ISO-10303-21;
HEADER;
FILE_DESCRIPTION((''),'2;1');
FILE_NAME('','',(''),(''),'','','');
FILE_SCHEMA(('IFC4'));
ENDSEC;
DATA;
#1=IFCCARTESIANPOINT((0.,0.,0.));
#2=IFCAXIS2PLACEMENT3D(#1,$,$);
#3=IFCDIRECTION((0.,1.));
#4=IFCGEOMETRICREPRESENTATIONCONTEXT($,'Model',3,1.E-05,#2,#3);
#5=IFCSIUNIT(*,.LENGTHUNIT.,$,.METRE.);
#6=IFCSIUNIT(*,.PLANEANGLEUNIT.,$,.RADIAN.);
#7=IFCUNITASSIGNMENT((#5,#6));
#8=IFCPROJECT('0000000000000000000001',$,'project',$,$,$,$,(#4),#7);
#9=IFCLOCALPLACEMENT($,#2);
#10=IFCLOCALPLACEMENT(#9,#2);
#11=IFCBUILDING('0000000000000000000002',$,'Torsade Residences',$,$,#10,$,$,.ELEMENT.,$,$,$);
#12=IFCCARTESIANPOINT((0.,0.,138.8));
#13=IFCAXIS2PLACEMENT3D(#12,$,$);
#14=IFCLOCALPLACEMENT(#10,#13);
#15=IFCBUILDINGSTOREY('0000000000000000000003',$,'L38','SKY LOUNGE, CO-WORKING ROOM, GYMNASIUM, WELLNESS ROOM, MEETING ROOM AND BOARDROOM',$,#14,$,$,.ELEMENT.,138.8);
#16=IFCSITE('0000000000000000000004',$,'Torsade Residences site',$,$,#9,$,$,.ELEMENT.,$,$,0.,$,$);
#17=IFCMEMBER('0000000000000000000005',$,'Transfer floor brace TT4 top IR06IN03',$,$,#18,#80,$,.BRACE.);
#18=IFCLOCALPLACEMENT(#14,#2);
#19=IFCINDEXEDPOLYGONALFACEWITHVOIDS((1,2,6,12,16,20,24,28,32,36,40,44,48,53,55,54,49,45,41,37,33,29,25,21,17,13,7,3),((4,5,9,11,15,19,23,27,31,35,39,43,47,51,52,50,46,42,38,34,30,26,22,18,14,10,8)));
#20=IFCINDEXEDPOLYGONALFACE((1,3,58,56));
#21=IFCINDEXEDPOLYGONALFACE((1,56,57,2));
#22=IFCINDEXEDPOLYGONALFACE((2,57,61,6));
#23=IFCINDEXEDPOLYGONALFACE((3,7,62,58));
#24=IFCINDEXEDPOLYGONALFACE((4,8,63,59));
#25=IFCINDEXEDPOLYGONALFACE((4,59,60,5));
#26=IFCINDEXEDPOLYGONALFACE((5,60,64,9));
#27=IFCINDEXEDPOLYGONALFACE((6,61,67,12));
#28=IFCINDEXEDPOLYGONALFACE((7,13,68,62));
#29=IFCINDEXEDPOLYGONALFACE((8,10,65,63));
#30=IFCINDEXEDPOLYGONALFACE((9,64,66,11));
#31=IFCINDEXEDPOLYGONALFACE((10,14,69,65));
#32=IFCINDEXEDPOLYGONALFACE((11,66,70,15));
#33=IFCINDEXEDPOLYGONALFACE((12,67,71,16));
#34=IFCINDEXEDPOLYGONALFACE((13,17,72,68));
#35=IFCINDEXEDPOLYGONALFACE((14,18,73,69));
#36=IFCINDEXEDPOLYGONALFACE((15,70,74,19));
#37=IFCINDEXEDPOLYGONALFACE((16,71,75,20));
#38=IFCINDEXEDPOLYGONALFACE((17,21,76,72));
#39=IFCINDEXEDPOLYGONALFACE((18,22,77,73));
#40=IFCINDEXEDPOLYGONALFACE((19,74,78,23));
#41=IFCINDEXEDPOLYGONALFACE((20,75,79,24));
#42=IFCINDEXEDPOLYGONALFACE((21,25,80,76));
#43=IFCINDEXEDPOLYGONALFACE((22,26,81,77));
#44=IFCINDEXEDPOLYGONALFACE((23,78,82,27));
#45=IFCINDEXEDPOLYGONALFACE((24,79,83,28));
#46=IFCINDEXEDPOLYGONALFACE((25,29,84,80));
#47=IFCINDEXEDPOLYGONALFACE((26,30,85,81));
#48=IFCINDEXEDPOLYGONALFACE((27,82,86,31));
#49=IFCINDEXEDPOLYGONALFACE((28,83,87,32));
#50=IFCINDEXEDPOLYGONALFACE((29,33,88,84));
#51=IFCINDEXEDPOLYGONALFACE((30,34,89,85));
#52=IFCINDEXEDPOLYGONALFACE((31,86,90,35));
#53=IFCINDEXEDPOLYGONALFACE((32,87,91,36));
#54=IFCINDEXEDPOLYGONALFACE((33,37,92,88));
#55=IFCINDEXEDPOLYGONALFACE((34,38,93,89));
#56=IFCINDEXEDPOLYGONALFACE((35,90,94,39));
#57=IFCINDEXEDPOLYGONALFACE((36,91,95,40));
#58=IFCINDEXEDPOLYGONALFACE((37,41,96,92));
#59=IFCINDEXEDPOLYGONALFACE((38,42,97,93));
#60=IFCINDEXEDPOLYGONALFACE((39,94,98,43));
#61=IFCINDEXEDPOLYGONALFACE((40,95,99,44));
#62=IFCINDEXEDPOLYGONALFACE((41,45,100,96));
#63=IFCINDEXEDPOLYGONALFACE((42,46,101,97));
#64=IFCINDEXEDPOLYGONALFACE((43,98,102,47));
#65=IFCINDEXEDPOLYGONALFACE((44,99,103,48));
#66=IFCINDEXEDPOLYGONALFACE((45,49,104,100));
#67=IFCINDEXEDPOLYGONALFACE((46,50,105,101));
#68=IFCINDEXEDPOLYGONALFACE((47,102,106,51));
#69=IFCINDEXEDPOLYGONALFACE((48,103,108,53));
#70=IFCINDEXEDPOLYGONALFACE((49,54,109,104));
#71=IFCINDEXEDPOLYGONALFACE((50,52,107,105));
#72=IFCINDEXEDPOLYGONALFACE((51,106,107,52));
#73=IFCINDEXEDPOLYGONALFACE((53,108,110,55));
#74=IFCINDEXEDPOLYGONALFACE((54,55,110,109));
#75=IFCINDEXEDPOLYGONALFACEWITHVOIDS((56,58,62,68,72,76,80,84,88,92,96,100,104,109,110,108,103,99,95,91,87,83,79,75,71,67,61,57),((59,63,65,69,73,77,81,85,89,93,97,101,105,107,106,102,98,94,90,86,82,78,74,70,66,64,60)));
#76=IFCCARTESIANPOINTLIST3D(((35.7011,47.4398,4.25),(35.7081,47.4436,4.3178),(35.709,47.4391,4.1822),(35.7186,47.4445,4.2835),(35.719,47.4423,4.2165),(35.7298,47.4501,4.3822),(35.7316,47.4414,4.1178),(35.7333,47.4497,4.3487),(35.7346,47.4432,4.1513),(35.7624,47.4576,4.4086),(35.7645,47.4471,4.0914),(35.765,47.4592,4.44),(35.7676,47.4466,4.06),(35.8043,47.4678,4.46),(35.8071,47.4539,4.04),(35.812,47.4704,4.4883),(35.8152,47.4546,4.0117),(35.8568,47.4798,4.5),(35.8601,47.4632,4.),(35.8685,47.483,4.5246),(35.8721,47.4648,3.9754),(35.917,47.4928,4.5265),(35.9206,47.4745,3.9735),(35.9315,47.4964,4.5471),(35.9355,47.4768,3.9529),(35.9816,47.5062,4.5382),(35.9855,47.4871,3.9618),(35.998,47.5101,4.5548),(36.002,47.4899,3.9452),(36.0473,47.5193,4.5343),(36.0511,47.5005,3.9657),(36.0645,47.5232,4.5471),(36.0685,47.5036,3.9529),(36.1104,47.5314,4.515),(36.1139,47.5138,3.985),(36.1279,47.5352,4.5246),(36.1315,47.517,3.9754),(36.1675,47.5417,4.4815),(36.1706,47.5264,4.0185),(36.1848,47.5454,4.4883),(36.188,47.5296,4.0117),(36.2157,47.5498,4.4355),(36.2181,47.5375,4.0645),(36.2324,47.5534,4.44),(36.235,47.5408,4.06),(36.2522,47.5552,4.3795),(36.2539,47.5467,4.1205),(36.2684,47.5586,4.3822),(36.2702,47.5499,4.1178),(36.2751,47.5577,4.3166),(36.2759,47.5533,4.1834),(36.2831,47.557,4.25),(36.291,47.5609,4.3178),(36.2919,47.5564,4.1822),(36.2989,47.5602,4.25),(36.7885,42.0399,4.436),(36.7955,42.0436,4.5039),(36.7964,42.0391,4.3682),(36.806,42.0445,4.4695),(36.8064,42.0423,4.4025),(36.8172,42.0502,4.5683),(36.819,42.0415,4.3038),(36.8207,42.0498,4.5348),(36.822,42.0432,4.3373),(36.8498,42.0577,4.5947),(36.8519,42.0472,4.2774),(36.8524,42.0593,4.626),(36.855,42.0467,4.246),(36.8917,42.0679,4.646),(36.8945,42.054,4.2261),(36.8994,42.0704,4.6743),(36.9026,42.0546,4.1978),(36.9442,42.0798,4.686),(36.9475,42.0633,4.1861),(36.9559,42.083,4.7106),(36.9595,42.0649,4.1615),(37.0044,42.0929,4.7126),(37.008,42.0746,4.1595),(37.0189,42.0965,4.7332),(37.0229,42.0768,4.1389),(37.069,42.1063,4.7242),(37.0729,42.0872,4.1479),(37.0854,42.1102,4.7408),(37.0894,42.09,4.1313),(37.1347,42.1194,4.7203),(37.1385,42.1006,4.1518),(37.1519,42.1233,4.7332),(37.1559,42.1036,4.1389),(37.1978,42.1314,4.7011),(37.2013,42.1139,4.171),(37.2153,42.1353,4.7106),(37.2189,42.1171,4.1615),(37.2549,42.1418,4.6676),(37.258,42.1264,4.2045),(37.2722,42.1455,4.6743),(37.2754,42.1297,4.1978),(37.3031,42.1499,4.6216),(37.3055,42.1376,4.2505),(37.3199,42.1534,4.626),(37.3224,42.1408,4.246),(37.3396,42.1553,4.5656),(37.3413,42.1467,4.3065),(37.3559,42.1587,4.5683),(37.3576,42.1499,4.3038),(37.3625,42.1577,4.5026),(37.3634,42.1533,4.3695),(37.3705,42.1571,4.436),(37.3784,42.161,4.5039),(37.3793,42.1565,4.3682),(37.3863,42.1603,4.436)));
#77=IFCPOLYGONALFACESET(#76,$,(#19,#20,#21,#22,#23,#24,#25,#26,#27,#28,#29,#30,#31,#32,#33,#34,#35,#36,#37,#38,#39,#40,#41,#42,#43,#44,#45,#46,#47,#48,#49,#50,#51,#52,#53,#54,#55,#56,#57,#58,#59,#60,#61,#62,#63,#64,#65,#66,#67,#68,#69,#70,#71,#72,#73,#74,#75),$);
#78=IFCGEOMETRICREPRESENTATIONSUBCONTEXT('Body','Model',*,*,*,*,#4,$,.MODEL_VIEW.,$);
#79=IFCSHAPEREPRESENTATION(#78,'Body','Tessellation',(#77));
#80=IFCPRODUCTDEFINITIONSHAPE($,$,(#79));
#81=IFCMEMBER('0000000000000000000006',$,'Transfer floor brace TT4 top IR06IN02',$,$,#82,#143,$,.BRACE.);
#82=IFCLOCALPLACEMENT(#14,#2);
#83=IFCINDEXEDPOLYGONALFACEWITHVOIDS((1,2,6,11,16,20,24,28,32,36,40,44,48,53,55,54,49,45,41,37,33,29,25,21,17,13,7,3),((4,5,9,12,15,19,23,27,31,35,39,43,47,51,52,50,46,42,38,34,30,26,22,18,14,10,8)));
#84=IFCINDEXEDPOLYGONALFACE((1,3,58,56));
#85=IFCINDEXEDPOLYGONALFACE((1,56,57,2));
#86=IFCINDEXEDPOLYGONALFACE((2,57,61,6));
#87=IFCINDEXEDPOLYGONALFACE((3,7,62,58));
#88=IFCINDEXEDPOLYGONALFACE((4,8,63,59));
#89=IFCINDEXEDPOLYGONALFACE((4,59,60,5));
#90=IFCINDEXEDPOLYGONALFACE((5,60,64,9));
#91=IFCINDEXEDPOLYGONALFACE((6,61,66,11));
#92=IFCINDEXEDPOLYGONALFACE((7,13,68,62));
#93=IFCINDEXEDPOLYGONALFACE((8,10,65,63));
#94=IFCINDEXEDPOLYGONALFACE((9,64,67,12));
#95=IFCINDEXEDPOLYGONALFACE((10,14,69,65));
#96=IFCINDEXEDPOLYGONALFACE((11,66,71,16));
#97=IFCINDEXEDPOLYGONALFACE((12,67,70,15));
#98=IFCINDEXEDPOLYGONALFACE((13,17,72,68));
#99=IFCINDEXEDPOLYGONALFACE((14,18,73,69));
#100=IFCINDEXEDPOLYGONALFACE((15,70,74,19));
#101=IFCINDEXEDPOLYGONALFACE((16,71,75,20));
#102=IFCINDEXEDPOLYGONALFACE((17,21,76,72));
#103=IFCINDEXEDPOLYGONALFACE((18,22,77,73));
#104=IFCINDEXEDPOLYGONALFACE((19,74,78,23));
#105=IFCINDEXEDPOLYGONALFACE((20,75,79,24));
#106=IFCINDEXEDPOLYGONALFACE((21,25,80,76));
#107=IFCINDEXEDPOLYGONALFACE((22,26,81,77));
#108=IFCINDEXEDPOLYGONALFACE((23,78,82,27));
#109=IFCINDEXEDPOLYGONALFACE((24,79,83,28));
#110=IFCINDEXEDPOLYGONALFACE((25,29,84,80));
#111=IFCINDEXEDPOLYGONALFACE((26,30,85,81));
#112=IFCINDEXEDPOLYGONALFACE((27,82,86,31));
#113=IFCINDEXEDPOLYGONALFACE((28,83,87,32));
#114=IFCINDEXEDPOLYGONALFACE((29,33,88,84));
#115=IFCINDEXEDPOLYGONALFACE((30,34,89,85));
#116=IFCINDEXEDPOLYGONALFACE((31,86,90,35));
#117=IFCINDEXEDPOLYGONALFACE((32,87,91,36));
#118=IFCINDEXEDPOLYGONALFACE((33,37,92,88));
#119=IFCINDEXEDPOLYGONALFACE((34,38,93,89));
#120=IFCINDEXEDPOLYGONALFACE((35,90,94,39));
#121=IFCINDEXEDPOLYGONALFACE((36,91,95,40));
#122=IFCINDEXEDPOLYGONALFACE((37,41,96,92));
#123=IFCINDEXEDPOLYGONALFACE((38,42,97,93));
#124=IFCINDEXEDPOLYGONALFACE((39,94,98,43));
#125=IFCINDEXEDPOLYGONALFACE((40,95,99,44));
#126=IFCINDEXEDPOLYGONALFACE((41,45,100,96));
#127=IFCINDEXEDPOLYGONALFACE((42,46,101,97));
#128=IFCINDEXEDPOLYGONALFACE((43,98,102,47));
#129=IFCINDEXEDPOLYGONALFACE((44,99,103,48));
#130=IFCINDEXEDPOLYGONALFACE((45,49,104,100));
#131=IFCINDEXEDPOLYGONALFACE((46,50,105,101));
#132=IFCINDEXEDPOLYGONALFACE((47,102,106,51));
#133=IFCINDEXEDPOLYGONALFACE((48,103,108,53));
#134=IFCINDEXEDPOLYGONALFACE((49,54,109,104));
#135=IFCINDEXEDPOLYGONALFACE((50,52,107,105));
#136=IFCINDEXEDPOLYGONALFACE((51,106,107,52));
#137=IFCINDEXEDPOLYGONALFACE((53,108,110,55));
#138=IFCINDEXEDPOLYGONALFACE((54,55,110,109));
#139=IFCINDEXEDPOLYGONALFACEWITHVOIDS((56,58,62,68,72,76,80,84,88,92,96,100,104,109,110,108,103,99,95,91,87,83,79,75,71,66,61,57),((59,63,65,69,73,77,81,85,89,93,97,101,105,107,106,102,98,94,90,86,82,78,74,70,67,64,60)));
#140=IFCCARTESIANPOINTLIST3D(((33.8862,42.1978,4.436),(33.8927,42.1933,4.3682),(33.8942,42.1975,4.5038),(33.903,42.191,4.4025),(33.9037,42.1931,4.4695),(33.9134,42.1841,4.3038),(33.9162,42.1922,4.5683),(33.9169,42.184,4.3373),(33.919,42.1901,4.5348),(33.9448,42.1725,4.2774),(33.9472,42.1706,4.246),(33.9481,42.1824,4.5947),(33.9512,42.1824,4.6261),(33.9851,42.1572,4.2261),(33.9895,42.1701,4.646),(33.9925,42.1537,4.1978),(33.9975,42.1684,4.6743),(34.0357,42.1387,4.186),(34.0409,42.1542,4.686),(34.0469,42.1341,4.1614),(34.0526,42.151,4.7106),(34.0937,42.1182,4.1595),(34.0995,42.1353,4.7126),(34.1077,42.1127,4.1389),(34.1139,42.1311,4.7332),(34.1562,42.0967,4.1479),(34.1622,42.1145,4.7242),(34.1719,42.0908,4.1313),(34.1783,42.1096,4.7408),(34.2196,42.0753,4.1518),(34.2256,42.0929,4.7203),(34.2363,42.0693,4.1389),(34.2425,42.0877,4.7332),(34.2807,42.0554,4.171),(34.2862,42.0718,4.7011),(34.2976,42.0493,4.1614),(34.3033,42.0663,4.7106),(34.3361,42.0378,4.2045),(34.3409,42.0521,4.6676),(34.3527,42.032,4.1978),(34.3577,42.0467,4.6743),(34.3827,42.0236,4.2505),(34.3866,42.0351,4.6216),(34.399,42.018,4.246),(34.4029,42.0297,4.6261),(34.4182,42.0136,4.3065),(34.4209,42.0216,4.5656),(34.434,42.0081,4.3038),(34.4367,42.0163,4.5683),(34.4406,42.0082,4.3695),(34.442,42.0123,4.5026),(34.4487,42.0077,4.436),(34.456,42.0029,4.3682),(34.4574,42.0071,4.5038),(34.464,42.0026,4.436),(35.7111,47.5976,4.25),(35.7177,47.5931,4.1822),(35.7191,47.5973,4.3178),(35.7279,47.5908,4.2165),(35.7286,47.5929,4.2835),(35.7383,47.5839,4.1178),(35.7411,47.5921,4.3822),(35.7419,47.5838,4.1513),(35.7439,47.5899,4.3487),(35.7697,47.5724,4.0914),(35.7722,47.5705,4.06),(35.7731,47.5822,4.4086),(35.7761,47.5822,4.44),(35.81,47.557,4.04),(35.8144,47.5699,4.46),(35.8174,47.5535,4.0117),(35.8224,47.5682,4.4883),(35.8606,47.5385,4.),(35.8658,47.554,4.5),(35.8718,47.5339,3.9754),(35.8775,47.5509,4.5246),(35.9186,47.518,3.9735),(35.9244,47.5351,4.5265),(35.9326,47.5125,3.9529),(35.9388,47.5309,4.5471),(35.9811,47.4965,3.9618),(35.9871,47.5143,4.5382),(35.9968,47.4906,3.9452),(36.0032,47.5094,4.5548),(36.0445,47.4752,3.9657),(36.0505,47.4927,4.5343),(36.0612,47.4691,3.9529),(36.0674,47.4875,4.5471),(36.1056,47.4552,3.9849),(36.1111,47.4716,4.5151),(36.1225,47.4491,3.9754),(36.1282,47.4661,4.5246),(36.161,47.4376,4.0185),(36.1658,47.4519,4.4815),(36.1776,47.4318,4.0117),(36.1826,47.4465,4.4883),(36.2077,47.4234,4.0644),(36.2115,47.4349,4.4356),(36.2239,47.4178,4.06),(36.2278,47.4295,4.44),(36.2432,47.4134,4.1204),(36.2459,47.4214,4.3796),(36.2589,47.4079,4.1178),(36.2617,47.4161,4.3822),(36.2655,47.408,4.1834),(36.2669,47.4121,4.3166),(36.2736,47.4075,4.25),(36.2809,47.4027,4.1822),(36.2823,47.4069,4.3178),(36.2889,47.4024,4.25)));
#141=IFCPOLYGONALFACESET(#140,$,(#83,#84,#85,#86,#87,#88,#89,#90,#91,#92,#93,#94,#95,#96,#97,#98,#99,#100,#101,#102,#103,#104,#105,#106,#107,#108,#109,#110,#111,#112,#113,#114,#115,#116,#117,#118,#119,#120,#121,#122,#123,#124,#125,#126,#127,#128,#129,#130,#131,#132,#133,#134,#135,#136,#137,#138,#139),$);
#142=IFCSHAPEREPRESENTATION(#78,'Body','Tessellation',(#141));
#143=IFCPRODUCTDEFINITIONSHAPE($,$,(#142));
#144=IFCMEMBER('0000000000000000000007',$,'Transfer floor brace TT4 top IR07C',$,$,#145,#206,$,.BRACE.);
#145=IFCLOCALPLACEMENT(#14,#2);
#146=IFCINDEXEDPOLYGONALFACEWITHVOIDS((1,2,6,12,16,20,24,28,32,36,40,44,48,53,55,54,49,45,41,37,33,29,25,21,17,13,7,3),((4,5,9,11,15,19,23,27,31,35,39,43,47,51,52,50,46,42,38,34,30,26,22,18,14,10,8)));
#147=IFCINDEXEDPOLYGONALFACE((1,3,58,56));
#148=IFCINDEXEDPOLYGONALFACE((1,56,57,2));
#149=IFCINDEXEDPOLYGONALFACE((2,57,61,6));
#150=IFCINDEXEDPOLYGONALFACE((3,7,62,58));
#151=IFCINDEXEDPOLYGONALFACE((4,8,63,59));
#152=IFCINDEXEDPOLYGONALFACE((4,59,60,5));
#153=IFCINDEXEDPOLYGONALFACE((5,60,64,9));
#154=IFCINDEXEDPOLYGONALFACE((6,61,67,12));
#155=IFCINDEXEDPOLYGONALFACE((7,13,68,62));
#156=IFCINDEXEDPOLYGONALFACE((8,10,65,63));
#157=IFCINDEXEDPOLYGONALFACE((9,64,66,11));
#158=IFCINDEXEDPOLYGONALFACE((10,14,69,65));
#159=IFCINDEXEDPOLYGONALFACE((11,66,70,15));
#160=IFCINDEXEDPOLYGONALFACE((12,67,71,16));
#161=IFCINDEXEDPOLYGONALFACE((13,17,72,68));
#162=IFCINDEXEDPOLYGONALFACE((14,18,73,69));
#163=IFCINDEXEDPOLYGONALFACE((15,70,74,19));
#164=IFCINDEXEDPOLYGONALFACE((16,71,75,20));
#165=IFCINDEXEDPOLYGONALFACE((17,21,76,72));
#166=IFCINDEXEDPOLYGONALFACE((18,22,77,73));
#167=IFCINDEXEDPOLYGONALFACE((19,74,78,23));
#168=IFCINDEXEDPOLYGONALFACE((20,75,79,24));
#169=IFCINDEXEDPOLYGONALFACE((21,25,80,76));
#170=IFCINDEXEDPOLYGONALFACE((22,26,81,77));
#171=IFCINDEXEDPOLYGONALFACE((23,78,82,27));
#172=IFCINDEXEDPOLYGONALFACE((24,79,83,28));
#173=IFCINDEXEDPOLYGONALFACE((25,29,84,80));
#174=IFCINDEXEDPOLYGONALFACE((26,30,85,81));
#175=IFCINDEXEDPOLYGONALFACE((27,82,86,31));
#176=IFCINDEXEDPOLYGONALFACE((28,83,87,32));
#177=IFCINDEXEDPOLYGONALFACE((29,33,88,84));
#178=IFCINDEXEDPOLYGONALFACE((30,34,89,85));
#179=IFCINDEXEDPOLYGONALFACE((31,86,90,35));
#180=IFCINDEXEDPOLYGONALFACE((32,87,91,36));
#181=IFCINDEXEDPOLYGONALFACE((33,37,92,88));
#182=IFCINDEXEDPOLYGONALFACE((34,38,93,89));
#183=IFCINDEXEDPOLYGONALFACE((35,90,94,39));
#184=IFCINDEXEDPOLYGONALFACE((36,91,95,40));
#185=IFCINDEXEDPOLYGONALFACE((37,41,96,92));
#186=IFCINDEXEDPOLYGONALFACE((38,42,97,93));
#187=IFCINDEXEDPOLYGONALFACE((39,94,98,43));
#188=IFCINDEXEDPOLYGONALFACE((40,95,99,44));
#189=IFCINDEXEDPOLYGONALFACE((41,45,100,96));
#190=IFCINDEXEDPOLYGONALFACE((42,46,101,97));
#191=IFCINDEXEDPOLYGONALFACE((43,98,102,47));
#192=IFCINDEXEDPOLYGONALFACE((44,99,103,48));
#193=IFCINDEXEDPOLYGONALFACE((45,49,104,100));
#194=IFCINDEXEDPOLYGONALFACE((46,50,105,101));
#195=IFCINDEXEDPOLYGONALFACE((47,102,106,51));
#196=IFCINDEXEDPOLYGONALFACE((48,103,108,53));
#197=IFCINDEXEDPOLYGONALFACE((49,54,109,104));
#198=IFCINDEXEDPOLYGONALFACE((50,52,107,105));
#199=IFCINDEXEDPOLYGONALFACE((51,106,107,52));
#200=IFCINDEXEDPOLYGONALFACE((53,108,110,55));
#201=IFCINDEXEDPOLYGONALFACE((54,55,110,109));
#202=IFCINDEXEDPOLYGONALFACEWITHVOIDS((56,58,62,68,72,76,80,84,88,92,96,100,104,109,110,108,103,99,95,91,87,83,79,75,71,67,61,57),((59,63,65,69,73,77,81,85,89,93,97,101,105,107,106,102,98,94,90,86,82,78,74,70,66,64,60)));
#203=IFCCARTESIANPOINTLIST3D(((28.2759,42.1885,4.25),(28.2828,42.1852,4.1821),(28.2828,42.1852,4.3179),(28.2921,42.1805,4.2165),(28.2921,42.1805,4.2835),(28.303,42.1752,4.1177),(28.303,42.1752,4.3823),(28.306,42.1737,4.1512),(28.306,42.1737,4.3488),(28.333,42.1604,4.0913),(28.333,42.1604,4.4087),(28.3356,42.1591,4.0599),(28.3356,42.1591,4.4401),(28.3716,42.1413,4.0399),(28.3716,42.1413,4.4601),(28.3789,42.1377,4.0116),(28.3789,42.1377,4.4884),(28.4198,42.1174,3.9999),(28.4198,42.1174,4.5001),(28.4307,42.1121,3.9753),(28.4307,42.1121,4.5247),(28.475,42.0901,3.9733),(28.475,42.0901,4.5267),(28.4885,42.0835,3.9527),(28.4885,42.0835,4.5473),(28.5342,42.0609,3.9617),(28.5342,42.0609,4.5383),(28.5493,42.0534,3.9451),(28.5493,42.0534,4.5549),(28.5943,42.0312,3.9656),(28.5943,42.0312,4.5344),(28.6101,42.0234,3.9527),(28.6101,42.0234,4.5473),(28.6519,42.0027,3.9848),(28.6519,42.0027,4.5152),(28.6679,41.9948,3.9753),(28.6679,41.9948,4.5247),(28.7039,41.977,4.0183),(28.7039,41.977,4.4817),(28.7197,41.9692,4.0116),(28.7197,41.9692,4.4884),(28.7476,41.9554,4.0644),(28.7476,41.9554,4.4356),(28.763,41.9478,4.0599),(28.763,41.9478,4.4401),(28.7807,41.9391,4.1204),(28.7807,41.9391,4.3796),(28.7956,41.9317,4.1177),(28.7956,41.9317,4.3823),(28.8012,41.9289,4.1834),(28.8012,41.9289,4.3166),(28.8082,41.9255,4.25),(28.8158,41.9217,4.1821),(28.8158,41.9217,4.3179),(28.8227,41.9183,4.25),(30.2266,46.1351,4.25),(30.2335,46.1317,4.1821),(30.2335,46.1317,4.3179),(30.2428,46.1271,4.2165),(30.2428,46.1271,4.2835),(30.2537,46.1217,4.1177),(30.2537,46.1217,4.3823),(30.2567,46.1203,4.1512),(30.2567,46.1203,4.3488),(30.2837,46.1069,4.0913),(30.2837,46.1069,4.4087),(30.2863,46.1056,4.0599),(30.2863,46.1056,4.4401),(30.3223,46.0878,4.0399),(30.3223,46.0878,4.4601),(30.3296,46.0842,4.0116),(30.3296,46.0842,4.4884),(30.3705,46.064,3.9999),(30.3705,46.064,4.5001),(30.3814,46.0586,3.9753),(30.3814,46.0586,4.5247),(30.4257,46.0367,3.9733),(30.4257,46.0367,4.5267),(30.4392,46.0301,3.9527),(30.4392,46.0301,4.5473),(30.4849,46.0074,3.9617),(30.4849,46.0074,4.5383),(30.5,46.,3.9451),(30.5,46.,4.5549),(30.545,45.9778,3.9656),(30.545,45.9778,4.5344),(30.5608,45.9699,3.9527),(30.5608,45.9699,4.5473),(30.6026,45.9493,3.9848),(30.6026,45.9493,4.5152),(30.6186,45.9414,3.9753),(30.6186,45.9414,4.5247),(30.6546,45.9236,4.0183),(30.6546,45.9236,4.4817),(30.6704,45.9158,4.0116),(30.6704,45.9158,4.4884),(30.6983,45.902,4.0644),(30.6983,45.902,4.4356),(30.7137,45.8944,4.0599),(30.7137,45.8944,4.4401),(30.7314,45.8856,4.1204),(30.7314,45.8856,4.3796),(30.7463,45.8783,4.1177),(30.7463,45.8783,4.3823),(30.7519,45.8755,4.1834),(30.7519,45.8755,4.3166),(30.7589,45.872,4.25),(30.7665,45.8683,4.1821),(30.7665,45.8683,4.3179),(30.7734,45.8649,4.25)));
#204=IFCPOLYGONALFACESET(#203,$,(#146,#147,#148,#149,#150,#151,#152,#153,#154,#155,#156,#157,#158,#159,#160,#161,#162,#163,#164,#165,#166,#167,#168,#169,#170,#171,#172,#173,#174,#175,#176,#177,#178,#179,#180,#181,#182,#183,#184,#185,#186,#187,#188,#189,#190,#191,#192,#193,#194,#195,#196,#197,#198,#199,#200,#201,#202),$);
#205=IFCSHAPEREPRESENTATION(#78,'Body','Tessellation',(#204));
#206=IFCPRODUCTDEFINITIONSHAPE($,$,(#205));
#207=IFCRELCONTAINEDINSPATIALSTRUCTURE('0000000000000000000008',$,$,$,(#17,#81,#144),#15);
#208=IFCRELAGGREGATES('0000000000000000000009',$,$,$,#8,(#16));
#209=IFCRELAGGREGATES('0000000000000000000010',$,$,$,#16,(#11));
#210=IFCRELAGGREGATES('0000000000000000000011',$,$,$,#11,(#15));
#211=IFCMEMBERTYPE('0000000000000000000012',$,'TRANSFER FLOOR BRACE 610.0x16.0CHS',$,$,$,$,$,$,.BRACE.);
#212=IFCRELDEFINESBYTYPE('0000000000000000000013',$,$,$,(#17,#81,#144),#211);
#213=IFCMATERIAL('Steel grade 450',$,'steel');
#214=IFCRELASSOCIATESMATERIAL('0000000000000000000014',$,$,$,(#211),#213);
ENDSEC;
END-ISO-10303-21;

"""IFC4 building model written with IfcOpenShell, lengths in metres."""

from ifc_helpers import new_model, si_unit, direction, frame, origin, origin_2d, place, context, subcontext, project, spatial, hollow_circle, extrude, material, material_profile, profile_set, type_object, element, save


model = new_model("IFC4")

# Units and contexts
model_context = context("Model", 3, precision=1e-05, world=origin(), true_north=direction((0.0, 1.0)))
body_context = subcontext(model_context, "Body", "Model", "MODEL_VIEW")
ifc_project = project(units=[si_unit("LENGTHUNIT", "METRE"), si_unit("PLANEANGLEUNIT", "RADIAN")], contexts=[model_context])

# Site, building, storey
site_placement = place(None, origin())
site = spatial("IfcSite", under=ifc_project, at=site_placement, Name="Torsade Residences site", CompositionType="ELEMENT", RefElevation=0.0)
building_placement = place(site_placement, origin())
building = spatial("IfcBuilding", under=site, at=building_placement, Name="Torsade Residences", CompositionType="ELEMENT")
storey_placement = place(building_placement, frame((0.0, 0.0, 138.8)))
storey = spatial("IfcBuildingStorey", under=building, at=storey_placement, Name="L38", Description="SKY LOUNGE, CO-WORKING ROOM, GYMNASIUM, WELLNESS ROOM, MEETING ROOM AND BOARDROOM", CompositionType="ELEMENT", Elevation=138.8)

# Members
ifc_material_1 = material(Name="Steel grade 450", Category="steel")
ifc_material_profile_1 = material_profile(ifc_material_1, hollow_circle(Radius=0.3049, WallThickness=0.0161, at=origin_2d()), Name="610.0x16.0CHS")
ifc_profile_set_1 = profile_set([ifc_material_profile_1], Name="Steel grade 450")
member_type_1 = type_object("IfcMemberType", Name="TRANSFER FLOOR BRACE 610.0x16.0CHS", PredefinedType="BRACE", material=ifc_profile_set_1)
member_1_placement = place(storey_placement, frame((36.0, 47.5, 4.25), z_axis=(0.197299, -0.979762, 0.033754), x_axis=(0.980321, 0.197412, 0.0)))
element("IfcMember", 1, at=member_1_placement, inside=storey, type_object=member_type_1, Name="Transfer floor brace TT4 top IR06IN03", PredefinedType="BRACE", context=body_context, shape_type="SweptSolid", body=[
    extrude(hollow_circle(Radius=0.3049, WallThickness=0.0161, at=origin_2d()), origin(), (0.0, 0.0, 1.0), 5.5115),
])
member_2_placement = place(storey_placement, frame((36.0, 47.5, 4.25), z_axis=(-0.319999, -0.946856, 0.032621), x_axis=(0.94736, -0.32017, 0.0)))
element("IfcMember", 2, at=member_2_placement, inside=storey, type_object=member_type_1, Name="Transfer floor brace TT4 top IR06IN02", PredefinedType="BRACE", context=body_context, shape_type="SweptSolid", body=[
    extrude(hollow_circle(Radius=0.3049, WallThickness=0.0161, at=origin_2d()), origin(), (0.0, 0.0, 1.0), 5.7029),
])
member_3_placement = place(storey_placement, frame((30.5, 46.0, 4.25), z_axis=(-0.443105, -0.89647, 0.0), x_axis=(0.89647, -0.443105, 0.0)))
element("IfcMember", 3, at=member_3_placement, inside=storey, type_object=member_type_1, Name="Transfer floor brace TT4 top IR07C", PredefinedType="BRACE", context=body_context, shape_type="SweptSolid", body=[
    extrude(hollow_circle(Radius=0.3049, WallThickness=0.0161, at=origin_2d()), origin(), (0.0, 0.0, 1.0), 4.4023),
])

save(model, "model.ifc")
